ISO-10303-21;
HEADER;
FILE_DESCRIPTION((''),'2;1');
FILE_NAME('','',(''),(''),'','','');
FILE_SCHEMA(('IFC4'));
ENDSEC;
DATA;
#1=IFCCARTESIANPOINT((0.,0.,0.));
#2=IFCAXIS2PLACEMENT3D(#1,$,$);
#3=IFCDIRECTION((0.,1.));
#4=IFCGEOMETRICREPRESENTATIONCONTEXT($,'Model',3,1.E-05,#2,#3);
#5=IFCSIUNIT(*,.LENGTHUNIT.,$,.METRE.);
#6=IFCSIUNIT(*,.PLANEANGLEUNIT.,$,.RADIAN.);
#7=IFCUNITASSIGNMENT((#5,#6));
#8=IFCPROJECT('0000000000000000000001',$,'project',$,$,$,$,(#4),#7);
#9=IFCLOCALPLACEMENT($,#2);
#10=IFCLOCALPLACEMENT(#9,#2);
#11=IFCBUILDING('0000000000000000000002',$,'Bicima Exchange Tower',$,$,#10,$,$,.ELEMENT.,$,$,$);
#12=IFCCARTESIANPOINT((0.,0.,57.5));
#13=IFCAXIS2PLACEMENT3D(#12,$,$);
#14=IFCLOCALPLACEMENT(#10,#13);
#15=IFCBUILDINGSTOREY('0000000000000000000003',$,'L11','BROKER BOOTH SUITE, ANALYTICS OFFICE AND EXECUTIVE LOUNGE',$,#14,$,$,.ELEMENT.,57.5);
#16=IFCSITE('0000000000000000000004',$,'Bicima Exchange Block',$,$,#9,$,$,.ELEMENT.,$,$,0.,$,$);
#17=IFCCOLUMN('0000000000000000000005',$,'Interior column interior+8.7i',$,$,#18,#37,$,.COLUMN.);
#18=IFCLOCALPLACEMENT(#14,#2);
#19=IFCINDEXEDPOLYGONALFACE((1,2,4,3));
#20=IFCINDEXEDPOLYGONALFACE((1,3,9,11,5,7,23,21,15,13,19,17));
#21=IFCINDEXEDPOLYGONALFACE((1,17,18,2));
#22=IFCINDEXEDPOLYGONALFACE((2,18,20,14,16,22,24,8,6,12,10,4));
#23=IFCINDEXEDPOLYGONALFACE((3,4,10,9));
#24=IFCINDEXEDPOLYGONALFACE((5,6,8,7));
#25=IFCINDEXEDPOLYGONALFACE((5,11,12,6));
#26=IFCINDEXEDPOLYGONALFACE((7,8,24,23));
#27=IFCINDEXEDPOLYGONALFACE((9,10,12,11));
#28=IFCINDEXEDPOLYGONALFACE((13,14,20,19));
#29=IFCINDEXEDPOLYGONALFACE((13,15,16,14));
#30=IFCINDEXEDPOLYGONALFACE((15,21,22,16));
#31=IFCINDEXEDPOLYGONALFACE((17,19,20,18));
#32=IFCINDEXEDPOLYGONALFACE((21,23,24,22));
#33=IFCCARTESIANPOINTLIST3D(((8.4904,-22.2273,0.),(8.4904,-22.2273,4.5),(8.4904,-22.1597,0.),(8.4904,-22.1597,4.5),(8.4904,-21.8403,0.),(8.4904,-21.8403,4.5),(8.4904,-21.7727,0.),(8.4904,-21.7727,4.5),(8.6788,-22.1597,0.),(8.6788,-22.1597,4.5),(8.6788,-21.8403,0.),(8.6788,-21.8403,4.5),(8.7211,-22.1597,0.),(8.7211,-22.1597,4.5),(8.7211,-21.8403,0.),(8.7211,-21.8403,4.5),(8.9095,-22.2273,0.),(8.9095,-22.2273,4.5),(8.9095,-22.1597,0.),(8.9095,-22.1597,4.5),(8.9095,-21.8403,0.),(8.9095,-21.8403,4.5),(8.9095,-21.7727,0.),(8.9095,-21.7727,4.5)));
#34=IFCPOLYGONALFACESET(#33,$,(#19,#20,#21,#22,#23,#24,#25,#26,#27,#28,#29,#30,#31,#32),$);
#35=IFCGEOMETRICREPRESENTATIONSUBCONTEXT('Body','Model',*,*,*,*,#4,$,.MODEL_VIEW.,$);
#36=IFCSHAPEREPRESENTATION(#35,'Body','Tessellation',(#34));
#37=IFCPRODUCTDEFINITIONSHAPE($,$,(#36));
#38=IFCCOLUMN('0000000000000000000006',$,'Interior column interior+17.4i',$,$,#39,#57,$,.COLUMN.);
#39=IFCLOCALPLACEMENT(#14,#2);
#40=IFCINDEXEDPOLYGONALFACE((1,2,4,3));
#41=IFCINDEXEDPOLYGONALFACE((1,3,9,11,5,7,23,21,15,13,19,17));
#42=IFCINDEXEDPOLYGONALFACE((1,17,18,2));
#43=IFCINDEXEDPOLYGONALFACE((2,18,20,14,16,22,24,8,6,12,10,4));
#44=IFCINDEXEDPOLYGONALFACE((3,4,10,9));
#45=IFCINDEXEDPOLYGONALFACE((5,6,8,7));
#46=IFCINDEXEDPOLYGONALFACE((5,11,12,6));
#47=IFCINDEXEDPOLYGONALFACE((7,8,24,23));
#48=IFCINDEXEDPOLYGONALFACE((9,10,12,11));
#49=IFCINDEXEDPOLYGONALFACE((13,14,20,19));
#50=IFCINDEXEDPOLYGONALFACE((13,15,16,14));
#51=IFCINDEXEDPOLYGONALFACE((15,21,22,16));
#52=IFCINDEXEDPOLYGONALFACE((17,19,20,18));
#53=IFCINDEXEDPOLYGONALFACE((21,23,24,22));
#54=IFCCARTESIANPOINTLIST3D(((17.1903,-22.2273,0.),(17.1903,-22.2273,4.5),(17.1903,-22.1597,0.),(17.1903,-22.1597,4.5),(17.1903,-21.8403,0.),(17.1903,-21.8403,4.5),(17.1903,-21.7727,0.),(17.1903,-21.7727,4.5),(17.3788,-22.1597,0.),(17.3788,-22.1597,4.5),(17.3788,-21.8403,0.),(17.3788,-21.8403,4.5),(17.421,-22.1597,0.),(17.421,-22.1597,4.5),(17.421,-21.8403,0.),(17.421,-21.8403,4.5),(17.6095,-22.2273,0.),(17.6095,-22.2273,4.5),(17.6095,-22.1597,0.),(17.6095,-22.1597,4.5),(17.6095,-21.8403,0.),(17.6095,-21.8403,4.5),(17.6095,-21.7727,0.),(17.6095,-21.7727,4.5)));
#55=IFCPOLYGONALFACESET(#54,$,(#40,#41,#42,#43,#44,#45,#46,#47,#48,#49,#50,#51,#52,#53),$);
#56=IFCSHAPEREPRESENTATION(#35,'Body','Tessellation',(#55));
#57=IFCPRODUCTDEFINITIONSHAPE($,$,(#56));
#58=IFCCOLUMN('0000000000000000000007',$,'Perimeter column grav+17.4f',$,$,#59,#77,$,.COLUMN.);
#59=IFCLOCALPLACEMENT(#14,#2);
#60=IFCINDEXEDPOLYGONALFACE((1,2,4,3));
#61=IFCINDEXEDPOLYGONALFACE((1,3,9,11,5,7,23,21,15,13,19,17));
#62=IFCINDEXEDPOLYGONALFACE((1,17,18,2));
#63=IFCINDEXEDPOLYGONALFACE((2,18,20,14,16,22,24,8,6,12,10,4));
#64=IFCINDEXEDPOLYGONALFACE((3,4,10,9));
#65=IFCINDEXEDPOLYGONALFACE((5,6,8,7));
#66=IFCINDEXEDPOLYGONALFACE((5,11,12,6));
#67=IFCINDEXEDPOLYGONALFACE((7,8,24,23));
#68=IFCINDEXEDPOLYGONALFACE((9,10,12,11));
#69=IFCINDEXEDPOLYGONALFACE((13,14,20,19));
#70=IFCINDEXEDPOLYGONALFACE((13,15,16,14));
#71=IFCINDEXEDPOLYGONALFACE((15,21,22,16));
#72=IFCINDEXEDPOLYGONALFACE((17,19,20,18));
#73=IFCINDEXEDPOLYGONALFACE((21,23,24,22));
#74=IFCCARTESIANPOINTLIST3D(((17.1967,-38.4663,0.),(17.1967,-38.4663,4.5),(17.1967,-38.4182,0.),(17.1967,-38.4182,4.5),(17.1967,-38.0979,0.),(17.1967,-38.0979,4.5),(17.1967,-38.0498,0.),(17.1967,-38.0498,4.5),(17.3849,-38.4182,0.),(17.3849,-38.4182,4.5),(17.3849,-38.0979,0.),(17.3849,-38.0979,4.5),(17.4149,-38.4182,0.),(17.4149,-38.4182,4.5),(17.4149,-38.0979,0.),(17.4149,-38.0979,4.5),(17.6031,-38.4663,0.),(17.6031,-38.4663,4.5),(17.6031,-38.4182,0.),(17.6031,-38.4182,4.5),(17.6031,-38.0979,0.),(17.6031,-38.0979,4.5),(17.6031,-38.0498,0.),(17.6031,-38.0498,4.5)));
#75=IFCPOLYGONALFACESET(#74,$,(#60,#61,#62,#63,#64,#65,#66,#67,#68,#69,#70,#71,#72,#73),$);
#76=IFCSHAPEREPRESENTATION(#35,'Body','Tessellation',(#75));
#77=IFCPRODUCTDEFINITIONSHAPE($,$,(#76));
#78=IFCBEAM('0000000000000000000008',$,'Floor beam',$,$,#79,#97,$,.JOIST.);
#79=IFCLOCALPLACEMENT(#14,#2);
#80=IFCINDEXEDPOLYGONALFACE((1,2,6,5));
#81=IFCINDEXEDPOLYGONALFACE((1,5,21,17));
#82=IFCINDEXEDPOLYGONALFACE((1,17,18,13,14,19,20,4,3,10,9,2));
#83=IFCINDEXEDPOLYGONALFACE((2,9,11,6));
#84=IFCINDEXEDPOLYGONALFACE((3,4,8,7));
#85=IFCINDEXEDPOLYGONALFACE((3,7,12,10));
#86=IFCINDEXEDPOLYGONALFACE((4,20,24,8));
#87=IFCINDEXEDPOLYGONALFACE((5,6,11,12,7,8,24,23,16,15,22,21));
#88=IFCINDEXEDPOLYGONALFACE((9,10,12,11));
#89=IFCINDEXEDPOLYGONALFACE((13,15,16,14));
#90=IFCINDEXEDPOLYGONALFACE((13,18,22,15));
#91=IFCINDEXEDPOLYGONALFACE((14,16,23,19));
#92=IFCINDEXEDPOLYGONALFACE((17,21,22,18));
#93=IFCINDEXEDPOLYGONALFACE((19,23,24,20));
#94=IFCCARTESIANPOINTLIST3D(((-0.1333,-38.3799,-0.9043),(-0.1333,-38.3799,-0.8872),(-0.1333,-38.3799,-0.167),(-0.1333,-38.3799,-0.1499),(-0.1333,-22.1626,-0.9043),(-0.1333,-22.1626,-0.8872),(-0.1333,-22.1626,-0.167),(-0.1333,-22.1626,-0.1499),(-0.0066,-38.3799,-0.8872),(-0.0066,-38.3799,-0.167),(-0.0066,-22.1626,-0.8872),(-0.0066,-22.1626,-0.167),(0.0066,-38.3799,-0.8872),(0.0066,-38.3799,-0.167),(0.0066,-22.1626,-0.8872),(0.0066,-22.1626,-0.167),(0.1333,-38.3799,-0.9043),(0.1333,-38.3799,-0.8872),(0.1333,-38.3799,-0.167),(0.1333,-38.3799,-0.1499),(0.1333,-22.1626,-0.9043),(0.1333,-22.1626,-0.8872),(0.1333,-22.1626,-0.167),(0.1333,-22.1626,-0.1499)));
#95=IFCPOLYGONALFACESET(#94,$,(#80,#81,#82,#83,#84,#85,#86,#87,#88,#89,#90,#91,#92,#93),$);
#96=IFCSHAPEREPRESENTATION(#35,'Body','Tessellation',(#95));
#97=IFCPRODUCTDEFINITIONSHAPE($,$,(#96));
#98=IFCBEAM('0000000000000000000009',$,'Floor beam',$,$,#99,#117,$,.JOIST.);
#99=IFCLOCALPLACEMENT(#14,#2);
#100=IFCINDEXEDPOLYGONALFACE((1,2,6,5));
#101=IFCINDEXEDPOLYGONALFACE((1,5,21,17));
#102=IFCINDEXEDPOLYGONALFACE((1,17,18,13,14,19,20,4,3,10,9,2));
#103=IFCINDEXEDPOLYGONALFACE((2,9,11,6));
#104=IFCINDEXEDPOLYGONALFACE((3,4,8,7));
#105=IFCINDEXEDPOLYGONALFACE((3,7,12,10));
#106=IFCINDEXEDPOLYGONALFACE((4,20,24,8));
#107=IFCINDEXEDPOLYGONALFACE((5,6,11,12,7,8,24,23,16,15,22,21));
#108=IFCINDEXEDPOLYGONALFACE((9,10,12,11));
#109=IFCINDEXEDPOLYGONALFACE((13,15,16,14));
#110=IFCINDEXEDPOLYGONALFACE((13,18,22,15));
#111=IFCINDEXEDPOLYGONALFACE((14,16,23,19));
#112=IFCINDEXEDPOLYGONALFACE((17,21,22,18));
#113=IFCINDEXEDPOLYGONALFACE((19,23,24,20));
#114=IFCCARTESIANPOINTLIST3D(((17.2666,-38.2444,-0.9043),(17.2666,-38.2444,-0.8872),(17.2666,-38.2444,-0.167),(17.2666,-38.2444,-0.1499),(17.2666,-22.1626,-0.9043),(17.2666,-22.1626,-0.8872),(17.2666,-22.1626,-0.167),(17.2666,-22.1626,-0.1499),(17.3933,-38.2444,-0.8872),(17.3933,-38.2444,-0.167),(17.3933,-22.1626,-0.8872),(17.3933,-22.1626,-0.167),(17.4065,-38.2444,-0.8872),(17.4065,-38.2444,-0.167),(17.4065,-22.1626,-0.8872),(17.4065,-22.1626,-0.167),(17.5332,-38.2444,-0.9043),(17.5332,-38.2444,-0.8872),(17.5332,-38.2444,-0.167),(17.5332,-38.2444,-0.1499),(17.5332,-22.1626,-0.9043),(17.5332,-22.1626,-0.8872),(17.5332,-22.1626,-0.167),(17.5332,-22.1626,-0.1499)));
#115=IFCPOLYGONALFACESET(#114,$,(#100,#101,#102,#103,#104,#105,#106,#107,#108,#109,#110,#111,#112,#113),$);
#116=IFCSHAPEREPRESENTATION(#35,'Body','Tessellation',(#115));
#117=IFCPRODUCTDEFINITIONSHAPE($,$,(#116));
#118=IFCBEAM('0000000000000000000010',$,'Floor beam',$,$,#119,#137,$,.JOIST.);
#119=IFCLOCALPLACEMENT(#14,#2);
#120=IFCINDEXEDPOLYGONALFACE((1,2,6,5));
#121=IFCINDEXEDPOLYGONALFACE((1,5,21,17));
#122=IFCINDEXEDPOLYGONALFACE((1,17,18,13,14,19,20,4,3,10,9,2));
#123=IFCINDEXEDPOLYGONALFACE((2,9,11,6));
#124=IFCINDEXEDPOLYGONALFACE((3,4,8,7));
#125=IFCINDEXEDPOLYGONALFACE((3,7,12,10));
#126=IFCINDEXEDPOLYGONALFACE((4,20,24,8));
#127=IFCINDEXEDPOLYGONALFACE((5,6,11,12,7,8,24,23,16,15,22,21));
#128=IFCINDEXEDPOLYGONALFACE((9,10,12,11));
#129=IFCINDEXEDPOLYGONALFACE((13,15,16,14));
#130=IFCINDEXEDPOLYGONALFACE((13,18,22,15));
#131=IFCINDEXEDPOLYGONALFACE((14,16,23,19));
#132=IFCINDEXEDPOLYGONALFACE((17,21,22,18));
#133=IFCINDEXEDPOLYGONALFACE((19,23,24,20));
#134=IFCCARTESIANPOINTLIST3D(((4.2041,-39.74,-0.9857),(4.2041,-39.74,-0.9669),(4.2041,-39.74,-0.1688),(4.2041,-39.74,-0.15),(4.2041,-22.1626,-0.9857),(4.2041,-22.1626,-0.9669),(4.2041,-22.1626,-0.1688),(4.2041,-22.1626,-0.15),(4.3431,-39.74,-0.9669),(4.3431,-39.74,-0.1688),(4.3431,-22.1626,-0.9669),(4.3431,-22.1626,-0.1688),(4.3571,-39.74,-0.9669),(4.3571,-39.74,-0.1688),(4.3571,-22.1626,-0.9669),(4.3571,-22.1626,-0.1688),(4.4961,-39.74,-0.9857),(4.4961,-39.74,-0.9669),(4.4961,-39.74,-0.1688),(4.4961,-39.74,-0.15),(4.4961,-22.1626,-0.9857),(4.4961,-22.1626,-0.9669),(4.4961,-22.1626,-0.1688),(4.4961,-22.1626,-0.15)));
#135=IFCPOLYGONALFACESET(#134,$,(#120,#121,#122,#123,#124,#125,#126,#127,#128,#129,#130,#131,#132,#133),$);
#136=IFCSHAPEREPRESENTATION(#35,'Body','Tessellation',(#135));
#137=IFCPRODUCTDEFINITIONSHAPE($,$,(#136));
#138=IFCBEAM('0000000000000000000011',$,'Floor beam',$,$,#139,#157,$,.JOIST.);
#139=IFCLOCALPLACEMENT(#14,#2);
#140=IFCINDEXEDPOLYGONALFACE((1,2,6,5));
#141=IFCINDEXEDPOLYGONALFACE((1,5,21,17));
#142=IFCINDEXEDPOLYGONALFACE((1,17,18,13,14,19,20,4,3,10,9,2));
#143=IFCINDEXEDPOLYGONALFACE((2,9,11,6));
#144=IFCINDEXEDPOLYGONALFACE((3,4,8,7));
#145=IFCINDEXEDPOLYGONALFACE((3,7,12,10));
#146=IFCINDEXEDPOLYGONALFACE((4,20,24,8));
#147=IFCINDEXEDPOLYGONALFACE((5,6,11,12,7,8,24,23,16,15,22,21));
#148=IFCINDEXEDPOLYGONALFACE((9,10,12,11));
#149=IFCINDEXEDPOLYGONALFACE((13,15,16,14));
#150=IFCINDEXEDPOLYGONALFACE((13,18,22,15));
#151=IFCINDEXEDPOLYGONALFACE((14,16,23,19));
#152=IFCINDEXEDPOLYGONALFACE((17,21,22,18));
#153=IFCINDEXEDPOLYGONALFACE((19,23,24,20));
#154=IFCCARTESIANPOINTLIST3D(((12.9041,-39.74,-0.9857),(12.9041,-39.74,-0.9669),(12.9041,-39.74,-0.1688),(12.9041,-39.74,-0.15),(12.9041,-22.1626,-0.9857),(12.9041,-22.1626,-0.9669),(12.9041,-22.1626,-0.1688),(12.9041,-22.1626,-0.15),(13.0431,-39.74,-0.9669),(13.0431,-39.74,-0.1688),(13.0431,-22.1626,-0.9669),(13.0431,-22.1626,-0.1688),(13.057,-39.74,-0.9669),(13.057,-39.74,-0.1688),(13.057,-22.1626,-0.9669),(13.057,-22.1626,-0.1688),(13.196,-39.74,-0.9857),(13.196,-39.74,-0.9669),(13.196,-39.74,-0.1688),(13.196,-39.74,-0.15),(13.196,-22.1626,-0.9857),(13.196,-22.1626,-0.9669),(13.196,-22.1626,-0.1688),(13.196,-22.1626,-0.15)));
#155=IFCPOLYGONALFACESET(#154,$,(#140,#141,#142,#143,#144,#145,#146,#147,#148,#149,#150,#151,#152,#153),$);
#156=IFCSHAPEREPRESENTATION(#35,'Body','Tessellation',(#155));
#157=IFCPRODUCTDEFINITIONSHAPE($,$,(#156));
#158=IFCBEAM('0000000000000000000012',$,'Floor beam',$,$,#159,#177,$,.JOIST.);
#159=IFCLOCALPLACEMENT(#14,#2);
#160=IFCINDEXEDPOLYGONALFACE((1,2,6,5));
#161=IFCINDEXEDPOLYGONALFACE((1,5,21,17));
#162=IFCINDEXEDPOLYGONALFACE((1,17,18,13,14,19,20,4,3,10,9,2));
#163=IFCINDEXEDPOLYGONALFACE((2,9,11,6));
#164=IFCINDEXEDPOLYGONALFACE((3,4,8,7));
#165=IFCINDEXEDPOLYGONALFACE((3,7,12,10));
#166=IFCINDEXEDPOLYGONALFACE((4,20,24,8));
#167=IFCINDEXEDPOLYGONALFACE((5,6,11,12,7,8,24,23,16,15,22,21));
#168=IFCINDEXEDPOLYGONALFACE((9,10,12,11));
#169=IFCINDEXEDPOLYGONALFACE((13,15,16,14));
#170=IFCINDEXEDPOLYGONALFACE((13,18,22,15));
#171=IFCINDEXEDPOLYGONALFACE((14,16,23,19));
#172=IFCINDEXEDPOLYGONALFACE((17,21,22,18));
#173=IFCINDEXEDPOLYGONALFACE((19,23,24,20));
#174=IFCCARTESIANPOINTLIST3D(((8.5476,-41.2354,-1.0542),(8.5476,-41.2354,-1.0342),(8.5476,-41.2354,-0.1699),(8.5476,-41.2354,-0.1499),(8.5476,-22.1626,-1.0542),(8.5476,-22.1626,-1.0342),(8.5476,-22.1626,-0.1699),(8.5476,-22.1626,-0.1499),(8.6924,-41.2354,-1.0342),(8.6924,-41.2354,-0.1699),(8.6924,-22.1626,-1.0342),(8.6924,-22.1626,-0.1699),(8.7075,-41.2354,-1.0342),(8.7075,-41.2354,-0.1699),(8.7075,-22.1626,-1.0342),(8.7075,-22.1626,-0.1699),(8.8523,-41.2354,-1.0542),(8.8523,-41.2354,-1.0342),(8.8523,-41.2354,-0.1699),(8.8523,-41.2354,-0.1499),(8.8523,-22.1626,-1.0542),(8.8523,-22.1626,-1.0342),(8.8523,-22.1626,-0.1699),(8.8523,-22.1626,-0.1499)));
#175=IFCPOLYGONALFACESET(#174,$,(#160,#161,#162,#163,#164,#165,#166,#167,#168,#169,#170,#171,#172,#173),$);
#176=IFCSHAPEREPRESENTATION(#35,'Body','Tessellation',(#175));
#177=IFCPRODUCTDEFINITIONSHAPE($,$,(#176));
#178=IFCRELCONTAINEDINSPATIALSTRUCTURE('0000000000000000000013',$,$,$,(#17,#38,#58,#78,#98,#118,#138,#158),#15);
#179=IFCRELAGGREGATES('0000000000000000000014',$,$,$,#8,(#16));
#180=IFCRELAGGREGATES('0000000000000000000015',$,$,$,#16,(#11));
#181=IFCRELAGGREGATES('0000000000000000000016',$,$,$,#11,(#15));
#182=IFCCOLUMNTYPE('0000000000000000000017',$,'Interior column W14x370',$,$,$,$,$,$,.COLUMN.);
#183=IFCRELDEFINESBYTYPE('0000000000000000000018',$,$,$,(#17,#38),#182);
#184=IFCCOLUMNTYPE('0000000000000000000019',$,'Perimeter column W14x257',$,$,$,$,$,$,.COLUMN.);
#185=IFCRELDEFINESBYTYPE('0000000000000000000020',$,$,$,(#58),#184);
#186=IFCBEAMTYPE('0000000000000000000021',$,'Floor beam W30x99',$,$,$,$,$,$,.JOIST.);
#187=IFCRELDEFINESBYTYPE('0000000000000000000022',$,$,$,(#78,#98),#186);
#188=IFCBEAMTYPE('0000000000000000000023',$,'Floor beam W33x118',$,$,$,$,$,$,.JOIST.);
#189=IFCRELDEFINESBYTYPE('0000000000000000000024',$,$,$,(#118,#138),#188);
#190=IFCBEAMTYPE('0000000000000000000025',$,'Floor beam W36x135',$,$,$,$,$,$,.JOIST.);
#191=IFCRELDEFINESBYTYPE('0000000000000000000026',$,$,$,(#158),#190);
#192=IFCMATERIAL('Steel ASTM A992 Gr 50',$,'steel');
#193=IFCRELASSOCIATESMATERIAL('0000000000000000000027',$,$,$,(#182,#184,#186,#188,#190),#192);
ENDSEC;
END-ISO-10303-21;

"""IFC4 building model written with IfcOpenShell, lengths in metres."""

from ifc_helpers import new_model, si_unit, direction, frame, origin, origin_2d, place, context, subcontext, project, spatial, i_section, extrude, material, material_profile, profile_set, type_object, element, save


model = new_model("IFC4")

# Units and contexts
model_context = context("Model", 3, precision=1e-05, world=origin(), true_north=direction((0.0, 1.0)))
body_context = subcontext(model_context, "Body", "Model", "MODEL_VIEW")
ifc_project = project(units=[si_unit("LENGTHUNIT", "METRE"), si_unit("PLANEANGLEUNIT", "RADIAN")], contexts=[model_context])

# Site, building, storey
site_placement = place(None, origin())
site = spatial("IfcSite", under=ifc_project, at=site_placement, Name="Bicima Exchange Block", CompositionType="ELEMENT", RefElevation=0.0)
building_placement = place(site_placement, origin())
building = spatial("IfcBuilding", under=site, at=building_placement, Name="Bicima Exchange Tower", CompositionType="ELEMENT")
storey_placement = place(building_placement, frame((0.0, 0.0, 57.5)))
storey = spatial("IfcBuildingStorey", under=building, at=storey_placement, Name="L11", Description="BROKER BOOTH SUITE, ANALYTICS OFFICE AND EXECUTIVE LOUNGE", CompositionType="ELEMENT", Elevation=57.5)

# Columns
ifc_material_1 = material(Name="Steel ASTM A992 Gr 50", Category="steel")
ifc_material_profile_1 = material_profile(ifc_material_1, i_section(OverallWidth=0.4192, OverallDepth=0.4546, WebThickness=0.0422, FlangeThickness=0.0676, at=origin_2d()))
ifc_profile_set_1 = profile_set([ifc_material_profile_1], Name="Steel ASTM A992 Gr 50")
column_type_1 = type_object("IfcColumnType", Name="Interior column W14x370", PredefinedType="COLUMN", material=ifc_profile_set_1)
for number, where, z_axis, x_axis, name in (
    (1, (8.7, -22.0, 0.0), (0.0, 0.0, 1.0), (1.0, 0.0, 0.0), "Interior column interior+8.7i"),
    (2, (17.3999, -22.0, 0.0), (0.0, 0.0, 1.0), (1.0, 0.0, 0.0), "Interior column interior+17.4i"),
):
    element("IfcColumn", number, at=place(storey_placement, frame(where, z_axis=z_axis, x_axis=x_axis)), inside=storey, type_object=column_type_1, Name=name, PredefinedType="COLUMN", context=body_context, shape_type="SweptSolid", body=[
        extrude(i_section(OverallWidth=0.4192, OverallDepth=0.4546, WebThickness=0.0422, FlangeThickness=0.0676, at=origin_2d()), origin(), (0.0, 0.0, 1.0), 4.5),
    ])
ifc_material_profile_2 = material_profile(ifc_material_1, i_section(OverallWidth=0.4065, OverallDepth=0.4165, WebThickness=0.03, FlangeThickness=0.0481, at=origin_2d()))
ifc_profile_set_2 = profile_set([ifc_material_profile_2], Name="Steel ASTM A992 Gr 50")
column_type_2 = type_object("IfcColumnType", Name="Perimeter column W14x257", PredefinedType="COLUMN", material=ifc_profile_set_2)
column_placement = place(storey_placement, frame((17.3999, -38.2581, 0.0), z_axis=(0.0, 0.0, 1.0), x_axis=(1.0, 0.0, 0.0)))
element("IfcColumn", 3, at=column_placement, inside=storey, type_object=column_type_2, Name="Perimeter column grav+17.4f", PredefinedType="COLUMN", context=body_context, shape_type="SweptSolid", body=[
    extrude(i_section(OverallWidth=0.4065, OverallDepth=0.4165, WebThickness=0.03, FlangeThickness=0.0481, at=origin_2d()), origin(), (0.0, 0.0, 1.0), 4.5),
])

# Beams
ifc_material_profile_3 = material_profile(ifc_material_1, i_section(OverallWidth=0.2666, OverallDepth=0.7544, WebThickness=0.0132, FlangeThickness=0.0171, at=origin_2d()))
ifc_profile_set_3 = profile_set([ifc_material_profile_3], Name="Steel ASTM A992 Gr 50")
beam_type_1 = type_object("IfcBeamType", Name="Floor beam W30x99", PredefinedType="JOIST", material=ifc_profile_set_3)
beam_1_placement = place(storey_placement, frame((0.0, -22.1626, -0.5271), z_axis=(0.0, -1.0, 0.0), x_axis=(1.0, 0.0, 0.0)))
element("IfcBeam", 4, at=beam_1_placement, inside=storey, type_object=beam_type_1, Name="Floor beam", PredefinedType="JOIST", context=body_context, shape_type="SweptSolid", body=[
    extrude(i_section(OverallWidth=0.2666, OverallDepth=0.7544, WebThickness=0.0132, FlangeThickness=0.0171, at=origin_2d()), origin(), (0.0, 0.0, 1.0), 16.2173),
])
beam_2_placement = place(storey_placement, frame((17.3999, -22.1626, -0.5271), z_axis=(0.0, -1.0, 0.0), x_axis=(1.0, 0.0, 0.0)))
element("IfcBeam", 5, at=beam_2_placement, inside=storey, type_object=beam_type_1, Name="Floor beam", PredefinedType="JOIST", context=body_context, shape_type="SweptSolid", body=[
    extrude(i_section(OverallWidth=0.2666, OverallDepth=0.7544, WebThickness=0.0132, FlangeThickness=0.0171, at=origin_2d()), origin(), (0.0, 0.0, 1.0), 16.0818),
])
ifc_material_profile_4 = material_profile(ifc_material_1, i_section(OverallWidth=0.292, OverallDepth=0.8357, WebThickness=0.0139, FlangeThickness=0.0188, at=origin_2d()))
ifc_profile_set_4 = profile_set([ifc_material_profile_4], Name="Steel ASTM A992 Gr 50")
beam_type_2 = type_object("IfcBeamType", Name="Floor beam W33x118", PredefinedType="JOIST", material=ifc_profile_set_4)
for number, where, z_axis, x_axis, name in (
    (6, (4.3501, -22.1626, -0.5679), (0.0, -1.0, 0.0), (1.0, 0.0, 0.0), "Floor beam"),
    (7, (13.05, -22.1626, -0.5679), (0.0, -1.0, 0.0), (1.0, 0.0, 0.0), "Floor beam"),
):
    element("IfcBeam", number, at=place(storey_placement, frame(where, z_axis=z_axis, x_axis=x_axis)), inside=storey, type_object=beam_type_2, Name=name, PredefinedType="JOIST", context=body_context, shape_type="SweptSolid", body=[
        extrude(i_section(OverallWidth=0.292, OverallDepth=0.8357, WebThickness=0.0139, FlangeThickness=0.0188, at=origin_2d()), origin(), (0.0, 0.0, 1.0), 17.5774),
    ])
ifc_material_profile_5 = material_profile(ifc_material_1, i_section(OverallWidth=0.3047, OverallDepth=0.9043, WebThickness=0.0151, FlangeThickness=0.02, at=origin_2d()))
ifc_profile_set_5 = profile_set([ifc_material_profile_5], Name="Steel ASTM A992 Gr 50")
beam_type_3 = type_object("IfcBeamType", Name="Floor beam W36x135", PredefinedType="JOIST", material=ifc_profile_set_5)
beam_3_placement = place(storey_placement, frame((8.7, -22.1626, -0.6021), z_axis=(0.0, -1.0, 0.0), x_axis=(1.0, 0.0, 0.0)))
element("IfcBeam", 8, at=beam_3_placement, inside=storey, type_object=beam_type_3, Name="Floor beam", PredefinedType="JOIST", context=body_context, shape_type="SweptSolid", body=[
    extrude(i_section(OverallWidth=0.3047, OverallDepth=0.9043, WebThickness=0.0151, FlangeThickness=0.02, at=origin_2d()), origin(), (0.0, 0.0, 1.0), 19.0728),
])

save(model, "model.ifc")
